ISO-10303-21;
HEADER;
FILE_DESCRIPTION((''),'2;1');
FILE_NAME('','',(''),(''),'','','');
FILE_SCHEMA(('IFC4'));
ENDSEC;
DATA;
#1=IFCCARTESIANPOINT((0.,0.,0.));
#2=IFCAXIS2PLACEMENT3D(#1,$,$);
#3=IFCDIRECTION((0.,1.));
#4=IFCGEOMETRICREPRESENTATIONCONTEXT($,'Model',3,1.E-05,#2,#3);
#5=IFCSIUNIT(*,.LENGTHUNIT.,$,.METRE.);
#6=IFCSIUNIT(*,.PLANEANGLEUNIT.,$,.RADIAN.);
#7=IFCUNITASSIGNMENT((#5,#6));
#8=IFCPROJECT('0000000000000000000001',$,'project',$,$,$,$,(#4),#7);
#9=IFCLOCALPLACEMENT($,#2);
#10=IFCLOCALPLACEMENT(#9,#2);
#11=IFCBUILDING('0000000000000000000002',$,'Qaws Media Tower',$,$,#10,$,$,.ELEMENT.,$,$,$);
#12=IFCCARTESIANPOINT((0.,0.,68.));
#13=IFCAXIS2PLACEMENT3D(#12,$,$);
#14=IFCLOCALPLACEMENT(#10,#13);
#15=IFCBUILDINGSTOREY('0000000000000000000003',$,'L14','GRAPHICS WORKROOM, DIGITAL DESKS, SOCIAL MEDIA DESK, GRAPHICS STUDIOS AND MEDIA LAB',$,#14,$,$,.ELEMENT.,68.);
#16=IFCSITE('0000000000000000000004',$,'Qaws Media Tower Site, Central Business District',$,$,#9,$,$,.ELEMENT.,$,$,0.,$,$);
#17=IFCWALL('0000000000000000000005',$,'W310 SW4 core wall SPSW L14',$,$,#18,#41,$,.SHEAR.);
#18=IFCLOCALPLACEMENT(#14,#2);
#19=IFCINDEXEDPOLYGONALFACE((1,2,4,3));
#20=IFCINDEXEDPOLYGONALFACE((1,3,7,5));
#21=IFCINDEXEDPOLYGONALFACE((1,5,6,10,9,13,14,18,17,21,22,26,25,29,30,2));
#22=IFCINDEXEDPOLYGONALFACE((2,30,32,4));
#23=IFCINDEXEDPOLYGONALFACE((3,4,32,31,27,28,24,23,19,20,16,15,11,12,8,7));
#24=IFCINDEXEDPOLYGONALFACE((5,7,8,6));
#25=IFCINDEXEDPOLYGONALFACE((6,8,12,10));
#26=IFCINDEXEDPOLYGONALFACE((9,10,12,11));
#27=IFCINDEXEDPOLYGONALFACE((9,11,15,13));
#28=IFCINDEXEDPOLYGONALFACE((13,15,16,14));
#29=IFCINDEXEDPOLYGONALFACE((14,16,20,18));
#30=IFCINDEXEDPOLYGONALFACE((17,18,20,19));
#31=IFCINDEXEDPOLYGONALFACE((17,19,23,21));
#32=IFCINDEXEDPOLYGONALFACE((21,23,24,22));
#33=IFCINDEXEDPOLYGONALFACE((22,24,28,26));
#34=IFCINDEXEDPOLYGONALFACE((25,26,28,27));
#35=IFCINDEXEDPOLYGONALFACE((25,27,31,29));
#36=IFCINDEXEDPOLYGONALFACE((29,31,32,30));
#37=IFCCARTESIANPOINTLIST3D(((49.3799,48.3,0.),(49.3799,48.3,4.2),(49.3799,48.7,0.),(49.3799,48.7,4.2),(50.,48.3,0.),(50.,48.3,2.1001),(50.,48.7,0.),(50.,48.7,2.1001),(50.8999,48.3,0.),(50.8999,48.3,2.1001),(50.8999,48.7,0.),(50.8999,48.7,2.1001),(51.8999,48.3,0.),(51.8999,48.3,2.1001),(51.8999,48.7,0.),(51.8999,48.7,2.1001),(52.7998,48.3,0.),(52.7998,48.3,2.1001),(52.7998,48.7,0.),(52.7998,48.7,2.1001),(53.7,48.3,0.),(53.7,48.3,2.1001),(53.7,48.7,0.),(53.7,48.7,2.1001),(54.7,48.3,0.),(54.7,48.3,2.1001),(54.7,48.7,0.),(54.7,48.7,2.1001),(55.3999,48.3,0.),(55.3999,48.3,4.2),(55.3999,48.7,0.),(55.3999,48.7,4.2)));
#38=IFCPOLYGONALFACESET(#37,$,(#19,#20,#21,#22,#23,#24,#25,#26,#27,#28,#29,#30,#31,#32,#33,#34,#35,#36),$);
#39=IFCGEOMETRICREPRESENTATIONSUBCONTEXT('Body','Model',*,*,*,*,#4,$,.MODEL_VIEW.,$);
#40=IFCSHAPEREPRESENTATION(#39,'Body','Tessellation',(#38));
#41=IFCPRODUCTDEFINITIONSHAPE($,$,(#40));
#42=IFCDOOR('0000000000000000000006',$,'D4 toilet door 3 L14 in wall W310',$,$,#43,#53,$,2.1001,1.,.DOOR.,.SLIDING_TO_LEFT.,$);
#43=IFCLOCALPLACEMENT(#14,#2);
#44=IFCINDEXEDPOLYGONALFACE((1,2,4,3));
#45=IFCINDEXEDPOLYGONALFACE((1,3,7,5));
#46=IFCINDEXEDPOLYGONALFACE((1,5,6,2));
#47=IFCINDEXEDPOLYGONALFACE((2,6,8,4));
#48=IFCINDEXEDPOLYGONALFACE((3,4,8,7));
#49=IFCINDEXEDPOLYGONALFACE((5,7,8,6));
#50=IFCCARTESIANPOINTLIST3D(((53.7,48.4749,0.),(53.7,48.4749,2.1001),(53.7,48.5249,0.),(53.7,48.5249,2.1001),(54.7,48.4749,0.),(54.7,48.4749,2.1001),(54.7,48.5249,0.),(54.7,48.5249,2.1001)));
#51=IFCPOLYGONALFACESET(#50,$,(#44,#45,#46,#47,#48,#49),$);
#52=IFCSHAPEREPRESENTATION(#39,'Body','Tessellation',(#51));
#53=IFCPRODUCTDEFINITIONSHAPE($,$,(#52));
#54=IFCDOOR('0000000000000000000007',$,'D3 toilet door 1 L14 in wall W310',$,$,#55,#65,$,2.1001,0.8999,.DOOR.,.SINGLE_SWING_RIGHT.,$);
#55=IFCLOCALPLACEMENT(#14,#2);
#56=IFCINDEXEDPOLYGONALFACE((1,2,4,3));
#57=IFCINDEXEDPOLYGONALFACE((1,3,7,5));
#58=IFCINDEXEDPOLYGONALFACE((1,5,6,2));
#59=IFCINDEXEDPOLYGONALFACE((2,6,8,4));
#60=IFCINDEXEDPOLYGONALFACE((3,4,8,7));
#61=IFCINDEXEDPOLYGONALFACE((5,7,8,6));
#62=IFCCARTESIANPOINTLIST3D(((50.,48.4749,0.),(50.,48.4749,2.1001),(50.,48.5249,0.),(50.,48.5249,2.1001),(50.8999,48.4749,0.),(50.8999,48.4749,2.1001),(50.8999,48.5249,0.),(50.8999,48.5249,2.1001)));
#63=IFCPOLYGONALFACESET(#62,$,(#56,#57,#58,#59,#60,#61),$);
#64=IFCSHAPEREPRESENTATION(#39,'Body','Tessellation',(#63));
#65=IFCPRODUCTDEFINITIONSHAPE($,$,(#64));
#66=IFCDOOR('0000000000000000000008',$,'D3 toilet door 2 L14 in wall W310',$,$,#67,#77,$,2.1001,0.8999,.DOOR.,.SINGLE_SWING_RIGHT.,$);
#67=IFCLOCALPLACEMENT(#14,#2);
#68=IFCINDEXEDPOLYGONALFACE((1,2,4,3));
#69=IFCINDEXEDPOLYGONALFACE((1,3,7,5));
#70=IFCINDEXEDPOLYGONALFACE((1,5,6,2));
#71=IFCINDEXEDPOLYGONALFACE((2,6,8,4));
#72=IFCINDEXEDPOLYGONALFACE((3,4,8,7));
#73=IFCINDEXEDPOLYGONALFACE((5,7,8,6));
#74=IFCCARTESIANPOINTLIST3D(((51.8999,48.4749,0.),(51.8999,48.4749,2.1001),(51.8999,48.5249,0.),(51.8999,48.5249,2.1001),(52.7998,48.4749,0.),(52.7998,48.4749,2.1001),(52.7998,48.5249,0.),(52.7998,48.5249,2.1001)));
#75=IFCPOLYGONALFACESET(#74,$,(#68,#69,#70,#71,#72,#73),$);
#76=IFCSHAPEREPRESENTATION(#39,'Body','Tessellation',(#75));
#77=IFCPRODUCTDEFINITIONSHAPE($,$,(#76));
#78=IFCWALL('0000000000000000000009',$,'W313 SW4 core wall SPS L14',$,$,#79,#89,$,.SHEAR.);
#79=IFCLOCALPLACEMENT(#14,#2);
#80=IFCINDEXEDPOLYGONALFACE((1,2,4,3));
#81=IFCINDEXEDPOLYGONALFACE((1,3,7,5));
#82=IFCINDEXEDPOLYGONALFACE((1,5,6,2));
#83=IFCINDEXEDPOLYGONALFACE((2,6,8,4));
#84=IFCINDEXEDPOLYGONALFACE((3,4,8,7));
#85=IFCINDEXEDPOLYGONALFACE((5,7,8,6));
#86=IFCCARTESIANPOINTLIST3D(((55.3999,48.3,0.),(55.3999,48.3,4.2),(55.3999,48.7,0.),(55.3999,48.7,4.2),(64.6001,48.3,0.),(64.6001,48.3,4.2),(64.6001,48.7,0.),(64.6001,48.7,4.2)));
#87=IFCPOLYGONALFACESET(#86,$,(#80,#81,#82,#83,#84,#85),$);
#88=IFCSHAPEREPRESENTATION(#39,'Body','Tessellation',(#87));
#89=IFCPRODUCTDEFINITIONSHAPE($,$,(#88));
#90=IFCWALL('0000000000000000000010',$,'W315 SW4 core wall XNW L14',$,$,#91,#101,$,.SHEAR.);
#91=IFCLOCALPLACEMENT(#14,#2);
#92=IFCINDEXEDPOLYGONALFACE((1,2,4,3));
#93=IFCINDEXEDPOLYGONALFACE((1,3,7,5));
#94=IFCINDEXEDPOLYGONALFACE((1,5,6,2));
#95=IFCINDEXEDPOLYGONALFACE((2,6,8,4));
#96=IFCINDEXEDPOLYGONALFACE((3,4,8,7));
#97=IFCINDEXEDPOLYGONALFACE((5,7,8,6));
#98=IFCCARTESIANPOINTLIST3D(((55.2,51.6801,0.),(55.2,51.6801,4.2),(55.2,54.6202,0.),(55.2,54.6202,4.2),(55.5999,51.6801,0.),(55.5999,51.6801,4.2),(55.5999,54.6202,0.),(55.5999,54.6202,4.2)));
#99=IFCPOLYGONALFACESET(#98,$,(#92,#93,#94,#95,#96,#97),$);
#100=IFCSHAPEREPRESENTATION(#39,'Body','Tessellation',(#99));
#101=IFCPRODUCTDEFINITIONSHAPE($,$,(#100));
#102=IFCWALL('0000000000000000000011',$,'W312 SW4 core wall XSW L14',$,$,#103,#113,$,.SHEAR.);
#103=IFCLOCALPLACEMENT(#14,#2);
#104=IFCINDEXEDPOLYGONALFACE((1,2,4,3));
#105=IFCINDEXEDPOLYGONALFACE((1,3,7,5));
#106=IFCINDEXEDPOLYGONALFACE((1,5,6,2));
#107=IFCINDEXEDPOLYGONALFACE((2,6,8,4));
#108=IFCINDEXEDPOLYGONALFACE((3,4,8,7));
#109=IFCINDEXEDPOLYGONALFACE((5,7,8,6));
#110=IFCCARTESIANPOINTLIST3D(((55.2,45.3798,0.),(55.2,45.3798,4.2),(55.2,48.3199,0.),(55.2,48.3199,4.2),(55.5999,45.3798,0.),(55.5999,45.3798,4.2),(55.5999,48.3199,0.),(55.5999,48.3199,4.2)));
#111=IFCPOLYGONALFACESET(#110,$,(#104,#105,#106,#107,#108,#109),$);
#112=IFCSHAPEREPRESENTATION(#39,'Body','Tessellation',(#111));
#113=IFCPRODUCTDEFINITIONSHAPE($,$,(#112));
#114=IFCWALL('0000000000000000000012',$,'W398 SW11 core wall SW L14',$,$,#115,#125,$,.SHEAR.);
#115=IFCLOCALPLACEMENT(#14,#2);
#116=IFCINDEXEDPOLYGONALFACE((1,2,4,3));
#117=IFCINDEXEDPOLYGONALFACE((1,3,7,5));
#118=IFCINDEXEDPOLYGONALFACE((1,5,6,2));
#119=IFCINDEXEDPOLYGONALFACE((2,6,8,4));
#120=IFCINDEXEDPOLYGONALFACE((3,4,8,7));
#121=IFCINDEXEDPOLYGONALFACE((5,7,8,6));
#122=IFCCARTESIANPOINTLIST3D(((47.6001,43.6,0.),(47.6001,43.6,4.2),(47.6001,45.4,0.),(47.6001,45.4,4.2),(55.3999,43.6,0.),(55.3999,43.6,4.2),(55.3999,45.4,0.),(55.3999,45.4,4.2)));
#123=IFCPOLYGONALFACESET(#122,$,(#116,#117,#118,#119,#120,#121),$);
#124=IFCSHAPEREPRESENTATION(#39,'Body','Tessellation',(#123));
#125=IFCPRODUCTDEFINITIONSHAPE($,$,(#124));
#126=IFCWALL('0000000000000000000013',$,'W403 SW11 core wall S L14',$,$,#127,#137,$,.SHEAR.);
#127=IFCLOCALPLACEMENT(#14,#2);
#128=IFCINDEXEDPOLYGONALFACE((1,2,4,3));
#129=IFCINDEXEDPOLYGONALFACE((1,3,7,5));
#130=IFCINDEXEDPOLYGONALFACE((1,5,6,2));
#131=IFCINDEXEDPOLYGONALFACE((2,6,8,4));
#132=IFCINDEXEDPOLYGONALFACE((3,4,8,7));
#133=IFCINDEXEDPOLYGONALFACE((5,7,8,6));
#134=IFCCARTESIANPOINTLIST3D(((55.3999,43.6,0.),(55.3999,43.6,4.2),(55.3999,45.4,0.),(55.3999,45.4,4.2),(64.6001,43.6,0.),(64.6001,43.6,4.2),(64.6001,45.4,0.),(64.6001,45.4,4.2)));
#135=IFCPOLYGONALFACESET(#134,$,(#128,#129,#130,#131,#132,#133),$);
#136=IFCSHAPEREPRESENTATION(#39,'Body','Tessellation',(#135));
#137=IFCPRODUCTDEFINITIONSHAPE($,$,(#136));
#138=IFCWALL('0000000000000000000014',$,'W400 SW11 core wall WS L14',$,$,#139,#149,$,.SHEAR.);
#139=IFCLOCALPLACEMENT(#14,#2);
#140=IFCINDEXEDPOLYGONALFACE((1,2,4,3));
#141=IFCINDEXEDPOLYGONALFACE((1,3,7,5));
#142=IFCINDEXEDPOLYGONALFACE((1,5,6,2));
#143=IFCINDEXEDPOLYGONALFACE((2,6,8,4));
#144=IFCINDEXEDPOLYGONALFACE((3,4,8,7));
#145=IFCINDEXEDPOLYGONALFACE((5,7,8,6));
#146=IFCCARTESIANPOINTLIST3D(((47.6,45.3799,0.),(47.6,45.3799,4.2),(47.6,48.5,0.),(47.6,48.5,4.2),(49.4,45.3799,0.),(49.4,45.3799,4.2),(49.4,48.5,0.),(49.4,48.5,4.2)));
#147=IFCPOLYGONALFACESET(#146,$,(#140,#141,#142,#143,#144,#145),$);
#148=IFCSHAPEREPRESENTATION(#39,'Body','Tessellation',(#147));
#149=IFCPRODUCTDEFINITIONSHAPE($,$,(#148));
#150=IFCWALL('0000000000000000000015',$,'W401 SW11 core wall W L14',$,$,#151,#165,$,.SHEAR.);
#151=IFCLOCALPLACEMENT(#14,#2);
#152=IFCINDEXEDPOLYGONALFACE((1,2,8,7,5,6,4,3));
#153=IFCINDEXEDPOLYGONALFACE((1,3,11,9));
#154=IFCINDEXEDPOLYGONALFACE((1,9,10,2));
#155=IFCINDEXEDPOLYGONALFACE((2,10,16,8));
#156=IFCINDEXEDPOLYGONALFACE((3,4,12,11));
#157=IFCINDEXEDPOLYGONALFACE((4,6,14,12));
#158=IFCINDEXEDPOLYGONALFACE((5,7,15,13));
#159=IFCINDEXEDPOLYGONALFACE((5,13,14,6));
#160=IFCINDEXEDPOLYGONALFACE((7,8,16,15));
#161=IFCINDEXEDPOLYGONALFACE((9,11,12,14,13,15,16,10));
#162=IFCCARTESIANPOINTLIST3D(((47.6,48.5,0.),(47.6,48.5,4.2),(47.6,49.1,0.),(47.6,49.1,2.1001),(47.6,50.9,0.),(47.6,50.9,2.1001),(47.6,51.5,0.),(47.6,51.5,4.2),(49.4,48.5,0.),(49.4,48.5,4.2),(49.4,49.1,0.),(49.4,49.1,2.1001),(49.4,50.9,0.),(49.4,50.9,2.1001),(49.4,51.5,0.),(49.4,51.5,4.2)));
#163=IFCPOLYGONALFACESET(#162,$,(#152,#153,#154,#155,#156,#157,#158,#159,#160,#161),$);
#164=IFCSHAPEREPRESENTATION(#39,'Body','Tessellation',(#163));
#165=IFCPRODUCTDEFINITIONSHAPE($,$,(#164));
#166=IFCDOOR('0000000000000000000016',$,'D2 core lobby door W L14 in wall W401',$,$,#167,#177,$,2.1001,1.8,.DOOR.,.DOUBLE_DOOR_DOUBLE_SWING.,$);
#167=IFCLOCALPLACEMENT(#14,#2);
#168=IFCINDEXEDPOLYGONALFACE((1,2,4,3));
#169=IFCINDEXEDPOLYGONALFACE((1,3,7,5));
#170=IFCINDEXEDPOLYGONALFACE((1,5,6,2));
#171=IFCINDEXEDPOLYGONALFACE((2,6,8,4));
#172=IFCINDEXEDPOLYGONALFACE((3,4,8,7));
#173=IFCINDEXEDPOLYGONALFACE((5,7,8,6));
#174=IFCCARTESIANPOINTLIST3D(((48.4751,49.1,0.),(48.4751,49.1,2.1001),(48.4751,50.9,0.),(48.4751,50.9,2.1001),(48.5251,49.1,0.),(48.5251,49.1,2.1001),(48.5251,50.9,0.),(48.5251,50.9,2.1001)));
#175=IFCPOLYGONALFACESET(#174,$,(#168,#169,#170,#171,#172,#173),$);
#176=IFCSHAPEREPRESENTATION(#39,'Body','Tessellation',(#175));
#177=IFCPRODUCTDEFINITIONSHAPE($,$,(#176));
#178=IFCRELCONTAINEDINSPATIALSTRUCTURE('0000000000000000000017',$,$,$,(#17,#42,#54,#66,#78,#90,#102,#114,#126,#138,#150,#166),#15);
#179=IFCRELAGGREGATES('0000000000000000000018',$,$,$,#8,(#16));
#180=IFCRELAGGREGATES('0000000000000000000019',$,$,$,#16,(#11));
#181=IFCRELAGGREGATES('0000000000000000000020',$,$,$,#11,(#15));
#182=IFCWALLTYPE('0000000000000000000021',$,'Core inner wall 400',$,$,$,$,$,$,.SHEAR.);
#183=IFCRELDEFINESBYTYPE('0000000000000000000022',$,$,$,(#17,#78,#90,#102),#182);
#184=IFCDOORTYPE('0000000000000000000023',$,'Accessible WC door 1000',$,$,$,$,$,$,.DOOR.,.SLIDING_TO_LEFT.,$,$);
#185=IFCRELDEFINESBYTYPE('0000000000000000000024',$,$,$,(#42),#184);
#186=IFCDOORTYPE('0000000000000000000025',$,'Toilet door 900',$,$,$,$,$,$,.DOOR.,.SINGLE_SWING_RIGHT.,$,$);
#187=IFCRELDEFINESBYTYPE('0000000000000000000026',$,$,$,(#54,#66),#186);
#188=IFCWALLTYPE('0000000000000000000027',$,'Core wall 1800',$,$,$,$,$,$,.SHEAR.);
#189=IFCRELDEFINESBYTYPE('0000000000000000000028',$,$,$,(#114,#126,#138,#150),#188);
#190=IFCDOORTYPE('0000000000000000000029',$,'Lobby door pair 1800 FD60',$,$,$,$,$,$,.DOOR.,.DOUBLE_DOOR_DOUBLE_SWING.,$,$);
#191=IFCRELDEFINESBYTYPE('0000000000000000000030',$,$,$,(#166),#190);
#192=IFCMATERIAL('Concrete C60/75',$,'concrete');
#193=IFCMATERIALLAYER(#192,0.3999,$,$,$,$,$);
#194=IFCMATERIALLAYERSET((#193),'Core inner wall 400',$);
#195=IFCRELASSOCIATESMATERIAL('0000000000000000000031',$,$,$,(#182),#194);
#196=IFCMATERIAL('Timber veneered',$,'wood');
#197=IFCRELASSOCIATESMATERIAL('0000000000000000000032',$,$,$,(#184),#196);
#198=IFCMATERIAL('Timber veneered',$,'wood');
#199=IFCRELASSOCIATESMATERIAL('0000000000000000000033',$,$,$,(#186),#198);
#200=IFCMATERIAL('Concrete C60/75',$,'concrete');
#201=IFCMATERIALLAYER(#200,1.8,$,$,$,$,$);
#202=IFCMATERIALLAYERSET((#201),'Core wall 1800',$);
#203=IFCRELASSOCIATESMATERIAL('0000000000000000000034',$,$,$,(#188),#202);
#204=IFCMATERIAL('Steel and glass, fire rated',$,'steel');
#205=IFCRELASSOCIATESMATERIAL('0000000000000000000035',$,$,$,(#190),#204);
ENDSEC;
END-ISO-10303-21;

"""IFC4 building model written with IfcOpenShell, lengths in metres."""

from ifc_helpers import new_model, si_unit, direction, frame, frame_2d, origin, place, context, subcontext, project, spatial, rectangle, extrude, material, layer, layer_set, type_object, element, fill, save


model = new_model("IFC4")

# Units and contexts
model_context = context("Model", 3, precision=1e-05, world=origin(), true_north=direction((0.0, 1.0)))
body_context = subcontext(model_context, "Body", "Model", "MODEL_VIEW")
ifc_project = project(units=[si_unit("LENGTHUNIT", "METRE"), si_unit("PLANEANGLEUNIT", "RADIAN")], contexts=[model_context])

# Site, building, storey
site_placement = place(None, origin())
site = spatial("IfcSite", under=ifc_project, at=site_placement, Name="Qaws Media Tower Site, Central Business District", CompositionType="ELEMENT", RefElevation=0.0)
building_placement = place(site_placement, origin())
building = spatial("IfcBuilding", under=site, at=building_placement, Name="Qaws Media Tower", CompositionType="ELEMENT")
storey_placement = place(building_placement, frame((0.0, 0.0, 68.0)))
storey = spatial("IfcBuildingStorey", under=building, at=storey_placement, Name="L14", Description="GRAPHICS WORKROOM, DIGITAL DESKS, SOCIAL MEDIA DESK, GRAPHICS STUDIOS AND MEDIA LAB", CompositionType="ELEMENT", Elevation=68.0)

# Shared definitions
ifc_material_1 = material(Name="Concrete C60/75", Category="concrete")
ifc_layer_1 = layer(ifc_material_1, 0.3999)
ifc_layer_set_1 = layer_set([ifc_layer_1], Name="Core inner wall 400")
wall_type_1 = type_object("IfcWallType", Name="Core inner wall 400", PredefinedType="SHEAR", material=ifc_layer_set_1)

# Wall, openings, doors
wall_1_placement = place(storey_placement, frame((49.3799, 48.5, 0.0), z_axis=(0.0, 0.0, 1.0), x_axis=(1.0, 0.0, 0.0)))
wall_1 = element("IfcWall", 1, at=wall_1_placement, inside=storey, type_object=wall_type_1, Name="W310 SW4 core wall SPSW L14", PredefinedType="SHEAR", context=body_context, shape_type="SweptSolid", body=[
    extrude(rectangle(XDim=6.02, YDim=0.3999, at=frame_2d((3.01, 0.0))), origin(), (0.0, 0.0, 1.0), 4.2),
])
opening_1_placement = place(wall_1_placement, frame((0.6201, 0.0, 0.0)))
opening_1 = element("IfcOpeningElement", 2, at=opening_1_placement, cuts=wall_1, PredefinedType="OPENING", context=body_context, shape_type="SweptSolid", body=[
    extrude(rectangle(XDim=0.8999, YDim=2.1001, at=frame_2d((0.45, 1.05))), frame((0.0, 0.21, 0.0), z_axis=(0.0, -1.0, 0.0), x_axis=(1.0, 0.0, 0.0)), (0.0, 0.0, 1.0), 0.4199),
])
opening_2_placement = place(wall_1_placement, frame((2.52, 0.0, 0.0)))
opening_2 = element("IfcOpeningElement", 3, at=opening_2_placement, cuts=wall_1, PredefinedType="OPENING", context=body_context, shape_type="SweptSolid", body=[
    extrude(rectangle(XDim=0.8999, YDim=2.1001, at=frame_2d((0.45, 1.05))), frame((0.0, 0.21, 0.0), z_axis=(0.0, -1.0, 0.0), x_axis=(1.0, 0.0, 0.0)), (0.0, 0.0, 1.0), 0.4199),
])
opening_3_placement = place(wall_1_placement, frame((4.3201, 0.0, 0.0)))
opening_3 = element("IfcOpeningElement", 4, at=opening_3_placement, cuts=wall_1, PredefinedType="OPENING", context=body_context, shape_type="SweptSolid", body=[
    extrude(rectangle(XDim=1.0, YDim=2.1001, at=frame_2d((0.5, 1.05))), frame((0.0, 0.21, 0.0), z_axis=(0.0, -1.0, 0.0), x_axis=(1.0, 0.0, 0.0)), (0.0, 0.0, 1.0), 0.4199),
])
ifc_material_2 = material(Name="Timber veneered", Category="wood")
door_type_1 = type_object("IfcDoorType", Name="Accessible WC door 1000", OperationType="SLIDING_TO_LEFT", PredefinedType="DOOR", material=ifc_material_2)
door_1_placement = place(opening_3_placement, origin())
door_1 = element("IfcDoor", 5, at=door_1_placement, inside=storey, type_object=door_type_1, Name="D4 toilet door 3 L14 in wall W310", OperationType="SLIDING_TO_LEFT", OverallHeight=2.1001, OverallWidth=1.0, PredefinedType="DOOR", context=body_context, shape_type="SweptSolid", body=[
    extrude(rectangle(XDim=1.0, YDim=2.1001, at=frame_2d((0.5, 1.05))), frame((0.0, 0.0249, 0.0), z_axis=(0.0, -1.0, 0.0), x_axis=(1.0, 0.0, 0.0)), (0.0, 0.0, 1.0), 0.05),
])
fill(opening_3, door_1)
ifc_material_3 = material(Name="Timber veneered", Category="wood")
door_type_2 = type_object("IfcDoorType", Name="Toilet door 900", OperationType="SINGLE_SWING_RIGHT", PredefinedType="DOOR", material=ifc_material_3)
door_2_placement = place(opening_1_placement, origin())
door_2 = element("IfcDoor", 6, at=door_2_placement, inside=storey, type_object=door_type_2, Name="D3 toilet door 1 L14 in wall W310", OperationType="SINGLE_SWING_RIGHT", OverallHeight=2.1001, OverallWidth=0.8999, PredefinedType="DOOR", context=body_context, shape_type="SweptSolid", body=[
    extrude(rectangle(XDim=0.8999, YDim=2.1001, at=frame_2d((0.45, 1.05))), frame((0.0, 0.0249, 0.0), z_axis=(0.0, -1.0, 0.0), x_axis=(1.0, 0.0, 0.0)), (0.0, 0.0, 1.0), 0.05),
])
fill(opening_1, door_2)
door_3_placement = place(opening_2_placement, origin())
door_3 = element("IfcDoor", 7, at=door_3_placement, inside=storey, type_object=door_type_2, Name="D3 toilet door 2 L14 in wall W310", OperationType="SINGLE_SWING_RIGHT", OverallHeight=2.1001, OverallWidth=0.8999, PredefinedType="DOOR", context=body_context, shape_type="SweptSolid", body=[
    extrude(rectangle(XDim=0.8999, YDim=2.1001, at=frame_2d((0.45, 1.05))), frame((0.0, 0.0249, 0.0), z_axis=(0.0, -1.0, 0.0), x_axis=(1.0, 0.0, 0.0)), (0.0, 0.0, 1.0), 0.05),
])
fill(opening_2, door_3)

# Walls
wall_2_placement = place(storey_placement, frame((55.3999, 48.5, 0.0), z_axis=(0.0, 0.0, 1.0), x_axis=(1.0, 0.0, 0.0)))
element("IfcWall", 8, at=wall_2_placement, inside=storey, type_object=wall_type_1, Name="W313 SW4 core wall SPS L14", PredefinedType="SHEAR", context=body_context, shape_type="SweptSolid", body=[
    extrude(rectangle(XDim=9.2002, YDim=0.3999, at=frame_2d((4.6001, 0.0))), origin(), (0.0, 0.0, 1.0), 4.2),
])
for number, where, z_axis, x_axis, name in (
    (9, (55.3999, 51.6799, 0.0), (0.0, 0.0, 1.0), (0.0, 1.0, 0.0), "W315 SW4 core wall XNW L14"),
    (10, (55.3999, 48.3201, 0.0), (0.0, 0.0, 1.0), (0.0, -1.0, 0.0), "W312 SW4 core wall XSW L14"),
):
    element("IfcWall", number, at=place(storey_placement, frame(where, z_axis=z_axis, x_axis=x_axis)), inside=storey, type_object=wall_type_1, Name=name, PredefinedType="SHEAR", context=body_context, shape_type="SweptSolid", body=[
        extrude(rectangle(XDim=2.9402, YDim=0.3999, at=frame_2d((1.4702, 0.0))), origin(), (0.0, 0.0, 1.0), 4.2),
    ])
ifc_material_4 = material(Name="Concrete C60/75", Category="concrete")
ifc_layer_2 = layer(ifc_material_4, 1.8)
ifc_layer_set_2 = layer_set([ifc_layer_2], Name="Core wall 1800")
wall_type_2 = type_object("IfcWallType", Name="Core wall 1800", PredefinedType="SHEAR", material=ifc_layer_set_2)
wall_3_placement = place(storey_placement, frame((47.6001, 44.5, 0.0), z_axis=(0.0, 0.0, 1.0), x_axis=(1.0, 0.0, 0.0)))
element("IfcWall", 11, at=wall_3_placement, inside=storey, type_object=wall_type_2, Name="W398 SW11 core wall SW L14", PredefinedType="SHEAR", context=body_context, shape_type="SweptSolid", body=[
    extrude(rectangle(XDim=7.7998, YDim=1.8, at=frame_2d((3.8999, 0.0))), origin(), (0.0, 0.0, 1.0), 4.2),
])
wall_4_placement = place(storey_placement, frame((55.3999, 44.5, 0.0), z_axis=(0.0, 0.0, 1.0), x_axis=(1.0, 0.0, 0.0)))
element("IfcWall", 12, at=wall_4_placement, inside=storey, type_object=wall_type_2, Name="W403 SW11 core wall S L14", PredefinedType="SHEAR", context=body_context, shape_type="SweptSolid", body=[
    extrude(rectangle(XDim=9.2002, YDim=1.8, at=frame_2d((4.6001, 0.0))), origin(), (0.0, 0.0, 1.0), 4.2),
])
wall_5_placement = place(storey_placement, frame((48.5, 45.3799, 0.0), z_axis=(0.0, 0.0, 1.0), x_axis=(0.0, 1.0, 0.0)))
element("IfcWall", 13, at=wall_5_placement, inside=storey, type_object=wall_type_2, Name="W400 SW11 core wall WS L14", PredefinedType="SHEAR", context=body_context, shape_type="SweptSolid", body=[
    extrude(rectangle(XDim=3.1201, YDim=1.8, at=frame_2d((1.5601, 0.0))), origin(), (0.0, 0.0, 1.0), 4.2),
])

# Wall, opening, door
wall_6_placement = place(storey_placement, frame((48.5, 48.5, 0.0), z_axis=(0.0, 0.0, 1.0), x_axis=(0.0, 1.0, 0.0)))
wall_6 = element("IfcWall", 14, at=wall_6_placement, inside=storey, type_object=wall_type_2, Name="W401 SW11 core wall W L14", PredefinedType="SHEAR", context=body_context, shape_type="SweptSolid", body=[
    extrude(rectangle(XDim=3.0, YDim=1.8, at=frame_2d((1.5, 0.0))), origin(), (0.0, 0.0, 1.0), 4.2),
])
opening_4_placement = place(wall_6_placement, frame((0.6001, 0.0, 0.0)))
opening_4 = element("IfcOpeningElement", 15, at=opening_4_placement, cuts=wall_6, PredefinedType="OPENING", context=body_context, shape_type="SweptSolid", body=[
    extrude(rectangle(XDim=1.8, YDim=2.1001, at=frame_2d((0.8999, 1.05))), frame((0.0, 0.9099, 0.0), z_axis=(0.0, -1.0, 0.0), x_axis=(1.0, 0.0, 0.0)), (0.0, 0.0, 1.0), 1.8201),
])
ifc_material_5 = material(Name="Steel and glass, fire rated", Category="steel")
door_type_3 = type_object("IfcDoorType", Name="Lobby door pair 1800 FD60", OperationType="DOUBLE_DOOR_DOUBLE_SWING", PredefinedType="DOOR", material=ifc_material_5)
door_4_placement = place(opening_4_placement, origin())
door_4 = element("IfcDoor", 16, at=door_4_placement, inside=storey, type_object=door_type_3, Name="D2 core lobby door W L14 in wall W401", OperationType="DOUBLE_DOOR_DOUBLE_SWING", OverallHeight=2.1001, OverallWidth=1.8, PredefinedType="DOOR", context=body_context, shape_type="SweptSolid", body=[
    extrude(rectangle(XDim=1.8, YDim=2.1001, at=frame_2d((0.8999, 1.05))), frame((0.0, 0.0249, 0.0), z_axis=(0.0, -1.0, 0.0), x_axis=(1.0, 0.0, 0.0)), (0.0, 0.0, 1.0), 0.05),
])
fill(opening_4, door_4)

save(model, "model.ifc")
